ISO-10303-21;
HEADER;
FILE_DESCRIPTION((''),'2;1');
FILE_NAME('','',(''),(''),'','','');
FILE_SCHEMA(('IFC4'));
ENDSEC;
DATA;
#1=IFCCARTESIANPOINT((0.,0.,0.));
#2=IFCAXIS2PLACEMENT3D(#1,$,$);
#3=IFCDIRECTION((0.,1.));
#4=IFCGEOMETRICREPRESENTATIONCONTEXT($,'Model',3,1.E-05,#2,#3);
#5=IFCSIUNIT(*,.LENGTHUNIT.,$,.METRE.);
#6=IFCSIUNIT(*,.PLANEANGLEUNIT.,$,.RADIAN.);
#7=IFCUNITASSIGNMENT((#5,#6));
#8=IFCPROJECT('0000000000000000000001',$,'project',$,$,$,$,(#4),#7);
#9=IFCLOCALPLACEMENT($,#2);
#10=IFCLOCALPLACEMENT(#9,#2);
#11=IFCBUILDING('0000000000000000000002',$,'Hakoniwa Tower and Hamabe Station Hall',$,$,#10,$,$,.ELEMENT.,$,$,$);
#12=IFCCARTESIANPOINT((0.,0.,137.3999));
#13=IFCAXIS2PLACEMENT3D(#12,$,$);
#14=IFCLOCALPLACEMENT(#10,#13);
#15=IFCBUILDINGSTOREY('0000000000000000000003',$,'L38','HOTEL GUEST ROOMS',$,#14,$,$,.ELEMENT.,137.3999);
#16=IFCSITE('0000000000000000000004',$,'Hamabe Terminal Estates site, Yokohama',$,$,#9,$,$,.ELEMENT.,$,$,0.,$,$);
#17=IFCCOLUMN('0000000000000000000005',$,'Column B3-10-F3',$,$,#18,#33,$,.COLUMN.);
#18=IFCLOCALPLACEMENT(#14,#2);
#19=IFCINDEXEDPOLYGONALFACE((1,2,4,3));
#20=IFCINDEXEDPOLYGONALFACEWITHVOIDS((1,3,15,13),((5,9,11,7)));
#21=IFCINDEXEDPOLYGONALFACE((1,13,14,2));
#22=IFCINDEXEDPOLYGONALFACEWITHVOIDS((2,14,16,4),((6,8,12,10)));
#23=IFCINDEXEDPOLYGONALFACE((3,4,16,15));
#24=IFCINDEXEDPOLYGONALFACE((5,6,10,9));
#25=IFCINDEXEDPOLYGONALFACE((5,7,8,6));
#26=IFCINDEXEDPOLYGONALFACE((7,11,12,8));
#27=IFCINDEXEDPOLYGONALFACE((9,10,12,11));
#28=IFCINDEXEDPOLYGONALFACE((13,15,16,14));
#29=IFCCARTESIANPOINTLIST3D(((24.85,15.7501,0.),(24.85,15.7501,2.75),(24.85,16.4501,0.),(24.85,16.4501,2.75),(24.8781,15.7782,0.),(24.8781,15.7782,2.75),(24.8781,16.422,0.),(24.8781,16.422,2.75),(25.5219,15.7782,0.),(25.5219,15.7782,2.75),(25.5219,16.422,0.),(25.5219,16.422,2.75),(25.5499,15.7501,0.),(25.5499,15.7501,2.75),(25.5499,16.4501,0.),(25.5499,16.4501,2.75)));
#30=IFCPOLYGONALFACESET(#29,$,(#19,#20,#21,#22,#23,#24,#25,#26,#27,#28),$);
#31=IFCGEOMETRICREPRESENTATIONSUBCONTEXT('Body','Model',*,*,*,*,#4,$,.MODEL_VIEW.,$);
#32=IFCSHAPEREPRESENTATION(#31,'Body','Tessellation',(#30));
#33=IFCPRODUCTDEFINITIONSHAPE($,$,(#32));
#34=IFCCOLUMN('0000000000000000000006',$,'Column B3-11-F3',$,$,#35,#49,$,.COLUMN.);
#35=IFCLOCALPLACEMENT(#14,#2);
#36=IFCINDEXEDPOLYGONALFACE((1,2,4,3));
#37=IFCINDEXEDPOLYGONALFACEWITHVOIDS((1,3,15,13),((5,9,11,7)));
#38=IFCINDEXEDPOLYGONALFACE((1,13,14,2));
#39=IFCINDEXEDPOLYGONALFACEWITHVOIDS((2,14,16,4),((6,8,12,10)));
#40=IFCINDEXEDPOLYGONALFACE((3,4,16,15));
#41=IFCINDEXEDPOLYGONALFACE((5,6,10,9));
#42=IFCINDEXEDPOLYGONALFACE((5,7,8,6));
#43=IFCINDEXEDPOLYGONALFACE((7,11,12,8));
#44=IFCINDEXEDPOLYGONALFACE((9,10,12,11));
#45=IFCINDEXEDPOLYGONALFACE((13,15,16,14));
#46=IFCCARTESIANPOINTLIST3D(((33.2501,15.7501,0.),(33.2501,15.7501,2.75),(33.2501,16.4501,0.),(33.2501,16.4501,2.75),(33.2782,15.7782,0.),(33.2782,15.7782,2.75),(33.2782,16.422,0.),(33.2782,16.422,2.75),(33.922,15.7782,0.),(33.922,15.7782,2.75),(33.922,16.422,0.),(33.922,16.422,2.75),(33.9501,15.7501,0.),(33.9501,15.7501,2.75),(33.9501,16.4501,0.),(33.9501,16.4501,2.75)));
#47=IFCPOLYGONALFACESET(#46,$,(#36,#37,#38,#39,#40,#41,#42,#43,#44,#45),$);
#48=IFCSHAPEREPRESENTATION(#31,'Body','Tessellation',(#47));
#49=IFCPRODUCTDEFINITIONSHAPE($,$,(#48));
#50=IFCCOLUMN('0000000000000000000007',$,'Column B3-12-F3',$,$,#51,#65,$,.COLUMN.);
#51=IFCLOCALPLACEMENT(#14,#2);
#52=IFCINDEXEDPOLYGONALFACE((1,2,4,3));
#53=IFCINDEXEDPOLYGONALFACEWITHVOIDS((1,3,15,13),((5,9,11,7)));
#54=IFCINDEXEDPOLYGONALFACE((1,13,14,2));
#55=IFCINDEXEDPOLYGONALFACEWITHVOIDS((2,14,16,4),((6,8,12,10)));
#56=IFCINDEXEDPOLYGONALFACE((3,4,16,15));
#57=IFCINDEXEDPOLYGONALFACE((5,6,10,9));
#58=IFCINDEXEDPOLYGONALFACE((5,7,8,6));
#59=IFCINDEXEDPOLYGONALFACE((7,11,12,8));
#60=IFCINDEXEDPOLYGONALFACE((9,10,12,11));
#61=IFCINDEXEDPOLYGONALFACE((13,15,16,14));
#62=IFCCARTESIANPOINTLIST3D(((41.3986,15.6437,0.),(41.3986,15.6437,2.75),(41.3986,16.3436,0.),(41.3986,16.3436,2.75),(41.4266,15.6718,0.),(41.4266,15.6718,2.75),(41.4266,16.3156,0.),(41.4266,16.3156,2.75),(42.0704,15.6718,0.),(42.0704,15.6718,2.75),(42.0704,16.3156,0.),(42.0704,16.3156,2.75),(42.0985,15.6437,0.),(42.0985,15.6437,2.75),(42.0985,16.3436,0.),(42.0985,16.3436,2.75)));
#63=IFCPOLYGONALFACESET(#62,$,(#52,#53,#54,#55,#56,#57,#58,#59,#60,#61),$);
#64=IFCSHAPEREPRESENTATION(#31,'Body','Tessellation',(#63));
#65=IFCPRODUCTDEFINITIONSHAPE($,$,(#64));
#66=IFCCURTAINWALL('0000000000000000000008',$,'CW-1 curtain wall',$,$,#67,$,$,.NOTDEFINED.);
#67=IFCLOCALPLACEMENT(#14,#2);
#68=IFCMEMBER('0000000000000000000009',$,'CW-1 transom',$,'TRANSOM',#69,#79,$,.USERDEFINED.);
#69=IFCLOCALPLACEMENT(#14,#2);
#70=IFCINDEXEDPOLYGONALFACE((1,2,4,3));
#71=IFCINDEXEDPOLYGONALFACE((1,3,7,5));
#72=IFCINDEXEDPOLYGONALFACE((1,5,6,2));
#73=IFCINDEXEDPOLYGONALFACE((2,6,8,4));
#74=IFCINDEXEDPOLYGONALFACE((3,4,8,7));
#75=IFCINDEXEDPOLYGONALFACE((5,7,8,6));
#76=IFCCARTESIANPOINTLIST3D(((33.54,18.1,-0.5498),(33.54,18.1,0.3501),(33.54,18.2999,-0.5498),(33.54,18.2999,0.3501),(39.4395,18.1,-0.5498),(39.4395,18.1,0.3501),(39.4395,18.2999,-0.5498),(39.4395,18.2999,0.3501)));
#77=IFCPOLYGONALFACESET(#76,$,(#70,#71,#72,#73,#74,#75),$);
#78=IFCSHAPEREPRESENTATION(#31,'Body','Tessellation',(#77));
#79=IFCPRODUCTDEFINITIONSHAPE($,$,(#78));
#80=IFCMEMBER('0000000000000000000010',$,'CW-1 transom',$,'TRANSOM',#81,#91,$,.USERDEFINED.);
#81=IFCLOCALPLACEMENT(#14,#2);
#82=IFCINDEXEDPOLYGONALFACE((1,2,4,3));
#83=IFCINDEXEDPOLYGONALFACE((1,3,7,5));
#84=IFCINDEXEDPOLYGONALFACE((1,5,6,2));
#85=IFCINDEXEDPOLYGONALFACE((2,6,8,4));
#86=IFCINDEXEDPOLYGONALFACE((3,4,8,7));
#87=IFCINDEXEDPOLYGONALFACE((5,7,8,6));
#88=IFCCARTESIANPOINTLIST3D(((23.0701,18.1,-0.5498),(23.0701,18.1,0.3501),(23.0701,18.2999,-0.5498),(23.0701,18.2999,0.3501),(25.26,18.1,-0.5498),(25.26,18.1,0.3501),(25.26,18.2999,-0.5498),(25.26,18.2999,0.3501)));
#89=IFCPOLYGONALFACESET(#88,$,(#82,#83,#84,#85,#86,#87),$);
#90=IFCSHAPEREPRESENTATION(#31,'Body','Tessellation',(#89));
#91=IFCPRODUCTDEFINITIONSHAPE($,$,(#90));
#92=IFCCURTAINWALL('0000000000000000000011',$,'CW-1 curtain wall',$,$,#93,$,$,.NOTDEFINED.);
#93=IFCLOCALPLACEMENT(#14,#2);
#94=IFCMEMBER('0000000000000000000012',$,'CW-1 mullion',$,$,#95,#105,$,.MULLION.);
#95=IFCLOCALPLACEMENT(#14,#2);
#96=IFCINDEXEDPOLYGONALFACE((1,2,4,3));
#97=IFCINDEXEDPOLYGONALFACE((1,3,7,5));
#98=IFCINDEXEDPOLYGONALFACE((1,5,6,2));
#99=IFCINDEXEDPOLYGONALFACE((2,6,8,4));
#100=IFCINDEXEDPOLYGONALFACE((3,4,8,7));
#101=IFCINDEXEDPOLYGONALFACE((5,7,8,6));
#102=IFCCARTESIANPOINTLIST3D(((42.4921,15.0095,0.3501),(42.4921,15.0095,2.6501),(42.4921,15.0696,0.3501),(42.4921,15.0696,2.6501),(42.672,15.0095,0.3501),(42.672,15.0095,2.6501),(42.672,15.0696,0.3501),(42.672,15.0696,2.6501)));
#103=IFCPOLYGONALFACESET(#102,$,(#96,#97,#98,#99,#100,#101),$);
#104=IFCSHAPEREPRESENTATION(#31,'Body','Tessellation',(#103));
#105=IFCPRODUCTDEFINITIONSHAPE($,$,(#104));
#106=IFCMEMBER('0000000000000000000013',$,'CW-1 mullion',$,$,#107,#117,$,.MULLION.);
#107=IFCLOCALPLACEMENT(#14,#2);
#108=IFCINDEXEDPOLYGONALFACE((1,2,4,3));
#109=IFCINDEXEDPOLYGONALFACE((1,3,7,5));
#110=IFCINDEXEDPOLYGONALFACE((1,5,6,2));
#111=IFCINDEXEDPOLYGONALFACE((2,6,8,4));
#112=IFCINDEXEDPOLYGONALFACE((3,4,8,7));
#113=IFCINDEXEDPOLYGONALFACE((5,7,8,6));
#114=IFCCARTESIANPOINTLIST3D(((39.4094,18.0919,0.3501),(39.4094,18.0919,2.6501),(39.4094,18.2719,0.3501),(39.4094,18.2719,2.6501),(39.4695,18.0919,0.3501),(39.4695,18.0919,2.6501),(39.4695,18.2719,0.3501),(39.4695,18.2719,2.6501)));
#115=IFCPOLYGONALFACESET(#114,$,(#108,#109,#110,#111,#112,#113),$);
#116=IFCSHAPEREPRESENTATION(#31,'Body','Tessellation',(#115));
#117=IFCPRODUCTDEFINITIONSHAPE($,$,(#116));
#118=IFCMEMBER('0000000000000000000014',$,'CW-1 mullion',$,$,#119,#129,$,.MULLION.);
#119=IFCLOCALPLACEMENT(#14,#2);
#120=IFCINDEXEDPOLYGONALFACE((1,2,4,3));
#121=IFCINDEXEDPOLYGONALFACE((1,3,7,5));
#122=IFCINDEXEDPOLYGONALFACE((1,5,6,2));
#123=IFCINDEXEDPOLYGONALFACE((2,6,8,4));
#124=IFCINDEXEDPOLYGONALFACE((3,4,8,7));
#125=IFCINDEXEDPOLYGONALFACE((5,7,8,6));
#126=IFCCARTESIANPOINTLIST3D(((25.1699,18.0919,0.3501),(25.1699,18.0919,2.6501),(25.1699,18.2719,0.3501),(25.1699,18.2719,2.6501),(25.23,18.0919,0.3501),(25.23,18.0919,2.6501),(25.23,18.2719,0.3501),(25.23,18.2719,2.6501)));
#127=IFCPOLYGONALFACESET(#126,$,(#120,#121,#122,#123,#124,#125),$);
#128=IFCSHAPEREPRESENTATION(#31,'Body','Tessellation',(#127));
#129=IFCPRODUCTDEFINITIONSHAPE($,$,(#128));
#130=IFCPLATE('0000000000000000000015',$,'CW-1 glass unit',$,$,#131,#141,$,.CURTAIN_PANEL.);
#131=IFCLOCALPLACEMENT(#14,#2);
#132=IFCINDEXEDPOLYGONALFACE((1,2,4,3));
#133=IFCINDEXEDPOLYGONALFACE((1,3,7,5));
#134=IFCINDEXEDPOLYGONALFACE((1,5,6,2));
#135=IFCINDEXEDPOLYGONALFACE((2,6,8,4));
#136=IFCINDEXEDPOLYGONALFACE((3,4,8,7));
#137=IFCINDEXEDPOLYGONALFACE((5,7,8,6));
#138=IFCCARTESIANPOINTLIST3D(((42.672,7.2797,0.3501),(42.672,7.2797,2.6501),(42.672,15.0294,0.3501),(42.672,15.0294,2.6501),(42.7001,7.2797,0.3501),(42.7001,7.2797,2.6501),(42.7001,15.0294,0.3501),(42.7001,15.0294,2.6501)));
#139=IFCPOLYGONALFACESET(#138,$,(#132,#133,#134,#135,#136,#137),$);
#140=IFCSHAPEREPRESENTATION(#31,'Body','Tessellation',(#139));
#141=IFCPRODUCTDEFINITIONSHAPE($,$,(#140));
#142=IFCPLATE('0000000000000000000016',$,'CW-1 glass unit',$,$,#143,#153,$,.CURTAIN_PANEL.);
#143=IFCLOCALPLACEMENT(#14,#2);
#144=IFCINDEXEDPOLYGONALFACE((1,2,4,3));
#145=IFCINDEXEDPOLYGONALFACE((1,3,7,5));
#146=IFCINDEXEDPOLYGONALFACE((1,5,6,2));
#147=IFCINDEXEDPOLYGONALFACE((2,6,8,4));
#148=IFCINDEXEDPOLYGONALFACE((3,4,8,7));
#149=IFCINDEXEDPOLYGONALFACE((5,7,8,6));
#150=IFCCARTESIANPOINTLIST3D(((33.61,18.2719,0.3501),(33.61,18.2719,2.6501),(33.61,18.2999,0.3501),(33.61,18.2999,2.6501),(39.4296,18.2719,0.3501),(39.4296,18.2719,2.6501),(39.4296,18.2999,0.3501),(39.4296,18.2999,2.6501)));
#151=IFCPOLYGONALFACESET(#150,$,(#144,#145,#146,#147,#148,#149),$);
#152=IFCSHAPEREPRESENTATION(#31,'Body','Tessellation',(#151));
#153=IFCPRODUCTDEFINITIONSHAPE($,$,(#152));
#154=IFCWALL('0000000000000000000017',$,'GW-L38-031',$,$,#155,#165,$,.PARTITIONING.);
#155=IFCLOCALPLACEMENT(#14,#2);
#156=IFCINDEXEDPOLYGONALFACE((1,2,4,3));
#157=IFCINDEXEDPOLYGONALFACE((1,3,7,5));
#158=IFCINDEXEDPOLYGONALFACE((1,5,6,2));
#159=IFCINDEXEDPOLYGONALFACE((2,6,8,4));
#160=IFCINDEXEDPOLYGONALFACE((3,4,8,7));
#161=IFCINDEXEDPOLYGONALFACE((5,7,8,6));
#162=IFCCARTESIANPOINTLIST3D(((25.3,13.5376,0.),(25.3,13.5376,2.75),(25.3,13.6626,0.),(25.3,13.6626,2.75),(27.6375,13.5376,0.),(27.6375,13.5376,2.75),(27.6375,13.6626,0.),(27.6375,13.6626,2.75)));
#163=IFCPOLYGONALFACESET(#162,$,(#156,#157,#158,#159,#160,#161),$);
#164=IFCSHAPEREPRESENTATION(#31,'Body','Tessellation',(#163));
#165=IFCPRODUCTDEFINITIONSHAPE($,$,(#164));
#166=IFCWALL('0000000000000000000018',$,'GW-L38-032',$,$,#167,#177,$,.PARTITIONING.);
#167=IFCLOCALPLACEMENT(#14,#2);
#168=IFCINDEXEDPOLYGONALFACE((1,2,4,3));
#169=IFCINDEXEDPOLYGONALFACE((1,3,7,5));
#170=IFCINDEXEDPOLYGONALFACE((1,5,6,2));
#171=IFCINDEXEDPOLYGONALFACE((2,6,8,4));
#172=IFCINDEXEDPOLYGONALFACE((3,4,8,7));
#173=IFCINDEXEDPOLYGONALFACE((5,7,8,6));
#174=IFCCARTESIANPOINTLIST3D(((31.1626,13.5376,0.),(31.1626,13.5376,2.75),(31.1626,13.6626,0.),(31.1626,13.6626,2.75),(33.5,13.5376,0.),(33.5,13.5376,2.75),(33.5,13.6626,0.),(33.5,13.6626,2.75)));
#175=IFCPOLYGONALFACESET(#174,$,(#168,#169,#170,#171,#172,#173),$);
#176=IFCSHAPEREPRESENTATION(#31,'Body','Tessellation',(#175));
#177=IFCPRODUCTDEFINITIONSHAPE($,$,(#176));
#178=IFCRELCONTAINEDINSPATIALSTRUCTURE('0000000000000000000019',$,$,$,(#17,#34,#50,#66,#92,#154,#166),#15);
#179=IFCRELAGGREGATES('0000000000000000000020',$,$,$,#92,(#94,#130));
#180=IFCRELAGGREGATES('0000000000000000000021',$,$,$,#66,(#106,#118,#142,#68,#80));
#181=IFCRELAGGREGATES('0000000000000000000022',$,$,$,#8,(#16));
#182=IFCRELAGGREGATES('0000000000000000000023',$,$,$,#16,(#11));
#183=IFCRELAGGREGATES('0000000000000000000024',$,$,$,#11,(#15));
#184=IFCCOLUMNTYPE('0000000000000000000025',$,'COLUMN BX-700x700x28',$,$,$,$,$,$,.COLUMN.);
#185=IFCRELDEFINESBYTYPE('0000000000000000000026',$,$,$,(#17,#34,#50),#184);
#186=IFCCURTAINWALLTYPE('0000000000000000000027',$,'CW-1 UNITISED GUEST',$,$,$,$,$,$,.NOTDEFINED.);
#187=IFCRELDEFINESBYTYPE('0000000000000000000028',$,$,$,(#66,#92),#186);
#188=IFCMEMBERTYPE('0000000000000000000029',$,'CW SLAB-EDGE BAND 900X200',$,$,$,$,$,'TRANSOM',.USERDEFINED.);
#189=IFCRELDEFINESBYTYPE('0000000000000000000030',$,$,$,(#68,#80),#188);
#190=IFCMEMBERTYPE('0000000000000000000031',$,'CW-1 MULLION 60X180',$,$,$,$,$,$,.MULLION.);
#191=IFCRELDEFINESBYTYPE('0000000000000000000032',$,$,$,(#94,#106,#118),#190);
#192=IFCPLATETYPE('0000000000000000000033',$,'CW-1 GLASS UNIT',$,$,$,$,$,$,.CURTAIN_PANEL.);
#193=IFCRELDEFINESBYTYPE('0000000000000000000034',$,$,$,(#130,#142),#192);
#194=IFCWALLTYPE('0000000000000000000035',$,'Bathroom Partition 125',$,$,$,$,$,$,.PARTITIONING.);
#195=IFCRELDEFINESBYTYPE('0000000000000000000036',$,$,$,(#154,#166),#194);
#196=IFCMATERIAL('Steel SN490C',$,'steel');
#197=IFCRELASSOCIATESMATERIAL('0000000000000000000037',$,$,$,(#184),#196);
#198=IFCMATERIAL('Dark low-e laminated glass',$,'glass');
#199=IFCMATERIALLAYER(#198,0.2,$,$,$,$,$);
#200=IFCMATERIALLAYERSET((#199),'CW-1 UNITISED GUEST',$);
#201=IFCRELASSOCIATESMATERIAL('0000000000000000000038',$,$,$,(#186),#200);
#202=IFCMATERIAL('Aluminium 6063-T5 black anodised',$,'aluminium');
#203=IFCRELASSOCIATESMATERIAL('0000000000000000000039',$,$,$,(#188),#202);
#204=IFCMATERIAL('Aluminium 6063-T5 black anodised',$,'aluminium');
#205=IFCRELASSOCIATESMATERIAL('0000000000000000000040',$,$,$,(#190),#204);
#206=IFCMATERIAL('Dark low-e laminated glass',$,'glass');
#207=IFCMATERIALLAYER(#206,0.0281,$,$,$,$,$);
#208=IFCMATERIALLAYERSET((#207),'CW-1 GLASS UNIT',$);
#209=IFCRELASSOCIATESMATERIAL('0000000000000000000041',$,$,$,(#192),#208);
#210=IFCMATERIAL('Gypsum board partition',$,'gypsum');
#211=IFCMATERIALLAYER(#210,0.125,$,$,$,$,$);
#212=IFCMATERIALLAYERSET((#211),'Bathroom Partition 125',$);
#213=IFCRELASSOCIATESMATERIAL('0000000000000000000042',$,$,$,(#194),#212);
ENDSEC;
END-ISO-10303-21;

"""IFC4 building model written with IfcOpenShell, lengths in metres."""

from ifc_helpers import new_model, si_unit, direction, frame, frame_2d, origin, origin_2d, place, context, subcontext, project, spatial, rectangle, hollow_rectangle, extrude, material, layer, layer_set, material_profile, profile_set, type_object, element, aggregate, save


model = new_model("IFC4")

# Units and contexts
model_context = context("Model", 3, precision=1e-05, world=origin(), true_north=direction((0.0, 1.0)))
body_context = subcontext(model_context, "Body", "Model", "MODEL_VIEW")
ifc_project = project(units=[si_unit("LENGTHUNIT", "METRE"), si_unit("PLANEANGLEUNIT", "RADIAN")], contexts=[model_context])

# Site, building, storey
site_placement = place(None, origin())
site = spatial("IfcSite", under=ifc_project, at=site_placement, Name="Hamabe Terminal Estates site, Yokohama", CompositionType="ELEMENT", RefElevation=0.0)
building_placement = place(site_placement, origin())
building = spatial("IfcBuilding", under=site, at=building_placement, Name="Hakoniwa Tower and Hamabe Station Hall", CompositionType="ELEMENT")
storey_placement = place(building_placement, frame((0.0, 0.0, 137.3999)))
storey = spatial("IfcBuildingStorey", under=building, at=storey_placement, Name="L38", Description="HOTEL GUEST ROOMS", CompositionType="ELEMENT", Elevation=137.3999)

# Columns
ifc_material_1 = material(Name="Steel SN490C", Category="steel")
ifc_material_profile_1 = material_profile(ifc_material_1, hollow_rectangle(XDim=0.7, YDim=0.7, WallThickness=0.0281, at=origin_2d()), Name="BX-700x700x28")
ifc_profile_set_1 = profile_set([ifc_material_profile_1], Name="Steel SN490C")
column_type = type_object("IfcColumnType", Name="COLUMN BX-700x700x28", PredefinedType="COLUMN", material=ifc_profile_set_1)
for number, where, z_axis, x_axis, name in (
    (1, (25.2, 16.1001, 0.0), (0.0, 0.0, 1.0), (1.0, 0.0, 0.0), "Column B3-10-F3"),
    (2, (33.6001, 16.1001, 0.0), (0.0, 0.0, 1.0), (1.0, 0.0, 0.0), "Column B3-11-F3"),
    (3, (41.7485, 15.9937, 0.0), (0.0, 0.0, 1.0), (1.0, 0.0, 0.0), "Column B3-12-F3"),
):
    element("IfcColumn", number, at=place(storey_placement, frame(where, z_axis=z_axis, x_axis=x_axis)), inside=storey, type_object=column_type, Name=name, PredefinedType="COLUMN", context=body_context, shape_type="SweptSolid", body=[
        extrude(hollow_rectangle(XDim=0.7, YDim=0.7, WallThickness=0.0281, at=origin_2d()), origin(), (0.0, 0.0, 1.0), 2.75),
    ])

# Curtain wall, members
ifc_material_2 = material(Name="Dark low-e laminated glass", Category="glass")
ifc_layer_1 = layer(ifc_material_2, 0.2)
ifc_layer_set_1 = layer_set([ifc_layer_1], Name="CW-1 UNITISED GUEST")
curtain_wall_type = type_object("IfcCurtainWallType", Name="CW-1 UNITISED GUEST", PredefinedType="NOTDEFINED", material=ifc_layer_set_1)
curtain_wall_1_placement = place(storey_placement, origin())
curtain_wall_1 = element("IfcCurtainWall", 4, at=curtain_wall_1_placement, inside=storey, type_object=curtain_wall_type, Name="CW-1 curtain wall", PredefinedType="NOTDEFINED")
ifc_material_3 = material(Name="Aluminium 6063-T5 black anodised", Category="aluminium")
ifc_material_profile_2 = material_profile(ifc_material_3, rectangle(XDim=0.2, YDim=0.8999, at=origin_2d()), Name="CW SLAB-EDGE BAND 900X200")
ifc_profile_set_2 = profile_set([ifc_material_profile_2], Name="Aluminium 6063-T5 black anodised")
member_type_1 = type_object("IfcMemberType", Name="CW SLAB-EDGE BAND 900X200", ElementType="TRANSOM", PredefinedType="USERDEFINED", material=ifc_profile_set_2)
member_1_placement = place(storey_placement, frame((39.4395, 18.2, -0.0999), z_axis=(-1.0, 0.0, 0.0), x_axis=(0.0, -1.0, 0.0)))
member_1 = element("IfcMember", 5, at=member_1_placement, type_object=member_type_1, Name="CW-1 transom", ObjectType="TRANSOM", PredefinedType="USERDEFINED", context=body_context, shape_type="SweptSolid", body=[
    extrude(rectangle(XDim=0.2, YDim=0.8999, at=origin_2d()), origin(), (0.0, 0.0, 1.0), 5.8994),
])
member_2_placement = place(storey_placement, frame((25.26, 18.2, -0.0999), z_axis=(-1.0, 0.0, 0.0), x_axis=(0.0, -1.0, 0.0)))
member_2 = element("IfcMember", 6, at=member_2_placement, type_object=member_type_1, Name="CW-1 transom", ObjectType="TRANSOM", PredefinedType="USERDEFINED", context=body_context, shape_type="SweptSolid", body=[
    extrude(rectangle(XDim=0.2, YDim=0.8999, at=origin_2d()), origin(), (0.0, 0.0, 1.0), 2.1899),
])

# Curtain wall, member
curtain_wall_2_placement = place(storey_placement, origin())
curtain_wall_2 = element("IfcCurtainWall", 7, at=curtain_wall_2_placement, inside=storey, type_object=curtain_wall_type, Name="CW-1 curtain wall", PredefinedType="NOTDEFINED")
ifc_material_4 = material(Name="Aluminium 6063-T5 black anodised", Category="aluminium")
ifc_material_profile_3 = material_profile(ifc_material_4, rectangle(XDim=0.0601, YDim=0.1799, at=origin_2d()), Name="CW-1 MULLION 60X180")
ifc_profile_set_3 = profile_set([ifc_material_profile_3], Name="Aluminium 6063-T5 black anodised")
member_type_2 = type_object("IfcMemberType", Name="CW-1 MULLION 60X180", PredefinedType="MULLION", material=ifc_profile_set_3)
member_3_placement = place(storey_placement, frame((42.582, 15.0396, 0.3501), z_axis=(0.0, 0.0, 1.0), x_axis=(0.0, 1.0, 0.0)))
member_3 = element("IfcMember", 8, at=member_3_placement, type_object=member_type_2, Name="CW-1 mullion", PredefinedType="MULLION", context=body_context, shape_type="SweptSolid", body=[
    extrude(rectangle(XDim=0.0601, YDim=0.1799, at=origin_2d()), origin(), (0.0, 0.0, 1.0), 2.3),
])

# Members
member_4_placement = place(storey_placement, frame((39.4395, 18.1819, 0.3501), z_axis=(0.0, 0.0, 1.0), x_axis=(-1.0, 0.0, 0.0)))
member_4 = element("IfcMember", 9, at=member_4_placement, type_object=member_type_2, Name="CW-1 mullion", PredefinedType="MULLION", context=body_context, shape_type="SweptSolid", body=[
    extrude(rectangle(XDim=0.0601, YDim=0.1799, at=origin_2d()), origin(), (0.0, 0.0, 1.0), 2.3),
])
member_5_placement = place(storey_placement, frame((25.2, 18.1819, 0.3501), z_axis=(0.0, 0.0, 1.0), x_axis=(-1.0, 0.0, 0.0)))
member_5 = element("IfcMember", 10, at=member_5_placement, type_object=member_type_2, Name="CW-1 mullion", PredefinedType="MULLION", context=body_context, shape_type="SweptSolid", body=[
    extrude(rectangle(XDim=0.0601, YDim=0.1799, at=origin_2d()), origin(), (0.0, 0.0, 1.0), 2.3),
])

# Plates
ifc_material_5 = material(Name="Dark low-e laminated glass", Category="glass")
ifc_layer_2 = layer(ifc_material_5, 0.0281)
ifc_layer_set_2 = layer_set([ifc_layer_2], Name="CW-1 GLASS UNIT")
plate_type = type_object("IfcPlateType", Name="CW-1 GLASS UNIT", PredefinedType="CURTAIN_PANEL", material=ifc_layer_set_2)
plate_1_placement = place(storey_placement, frame((42.686, 11.1545, 0.3501), z_axis=(0.0, 0.0, 1.0), x_axis=(0.0, 1.0, 0.0)))
plate_1 = element("IfcPlate", 11, at=plate_1_placement, type_object=plate_type, Name="CW-1 glass unit", PredefinedType="CURTAIN_PANEL", context=body_context, shape_type="SweptSolid", body=[
    extrude(rectangle(XDim=7.7498, YDim=0.0281, at=origin_2d()), origin(), (0.0, 0.0, 1.0), 2.3),
])
aggregate(curtain_wall_2, [member_3, plate_1])
plate_2_placement = place(storey_placement, frame((36.5198, 18.2859, 0.3501), z_axis=(0.0, 0.0, 1.0), x_axis=(-1.0, 0.0, 0.0)))
plate_2 = element("IfcPlate", 12, at=plate_2_placement, type_object=plate_type, Name="CW-1 glass unit", PredefinedType="CURTAIN_PANEL", context=body_context, shape_type="SweptSolid", body=[
    extrude(rectangle(XDim=5.8196, YDim=0.0281, at=origin_2d()), origin(), (0.0, 0.0, 1.0), 2.3),
])

# Walls
ifc_material_6 = material(Name="Gypsum board partition", Category="gypsum")
ifc_layer_3 = layer(ifc_material_6, 0.125)
ifc_layer_set_3 = layer_set([ifc_layer_3], Name="Bathroom Partition 125")
wall_type_1 = type_object("IfcWallType", Name="Bathroom Partition 125", PredefinedType="PARTITIONING", material=ifc_layer_set_3)
for number, where, z_axis, x_axis, name in (
    (13, (25.3, 13.6001, 0.0), (0.0, 0.0, 1.0), (1.0, 0.0, 0.0), "GW-L38-031"),
    (14, (31.1626, 13.6001, 0.0), (0.0, 0.0, 1.0), (1.0, 0.0, 0.0), "GW-L38-032"),
):
    element("IfcWall", number, at=place(storey_placement, frame(where, z_axis=z_axis, x_axis=x_axis)), inside=storey, type_object=wall_type_1, Name=name, PredefinedType="PARTITIONING", context=body_context, shape_type="SweptSolid", body=[
        extrude(rectangle(XDim=2.3374, YDim=0.125, at=frame_2d((1.1687, 0.0))), origin(), (0.0, 0.0, 1.0), 2.75),
    ])

aggregate(curtain_wall_1, [member_4, member_5, plate_2, member_1, member_2])

save(model, "model.ifc")
